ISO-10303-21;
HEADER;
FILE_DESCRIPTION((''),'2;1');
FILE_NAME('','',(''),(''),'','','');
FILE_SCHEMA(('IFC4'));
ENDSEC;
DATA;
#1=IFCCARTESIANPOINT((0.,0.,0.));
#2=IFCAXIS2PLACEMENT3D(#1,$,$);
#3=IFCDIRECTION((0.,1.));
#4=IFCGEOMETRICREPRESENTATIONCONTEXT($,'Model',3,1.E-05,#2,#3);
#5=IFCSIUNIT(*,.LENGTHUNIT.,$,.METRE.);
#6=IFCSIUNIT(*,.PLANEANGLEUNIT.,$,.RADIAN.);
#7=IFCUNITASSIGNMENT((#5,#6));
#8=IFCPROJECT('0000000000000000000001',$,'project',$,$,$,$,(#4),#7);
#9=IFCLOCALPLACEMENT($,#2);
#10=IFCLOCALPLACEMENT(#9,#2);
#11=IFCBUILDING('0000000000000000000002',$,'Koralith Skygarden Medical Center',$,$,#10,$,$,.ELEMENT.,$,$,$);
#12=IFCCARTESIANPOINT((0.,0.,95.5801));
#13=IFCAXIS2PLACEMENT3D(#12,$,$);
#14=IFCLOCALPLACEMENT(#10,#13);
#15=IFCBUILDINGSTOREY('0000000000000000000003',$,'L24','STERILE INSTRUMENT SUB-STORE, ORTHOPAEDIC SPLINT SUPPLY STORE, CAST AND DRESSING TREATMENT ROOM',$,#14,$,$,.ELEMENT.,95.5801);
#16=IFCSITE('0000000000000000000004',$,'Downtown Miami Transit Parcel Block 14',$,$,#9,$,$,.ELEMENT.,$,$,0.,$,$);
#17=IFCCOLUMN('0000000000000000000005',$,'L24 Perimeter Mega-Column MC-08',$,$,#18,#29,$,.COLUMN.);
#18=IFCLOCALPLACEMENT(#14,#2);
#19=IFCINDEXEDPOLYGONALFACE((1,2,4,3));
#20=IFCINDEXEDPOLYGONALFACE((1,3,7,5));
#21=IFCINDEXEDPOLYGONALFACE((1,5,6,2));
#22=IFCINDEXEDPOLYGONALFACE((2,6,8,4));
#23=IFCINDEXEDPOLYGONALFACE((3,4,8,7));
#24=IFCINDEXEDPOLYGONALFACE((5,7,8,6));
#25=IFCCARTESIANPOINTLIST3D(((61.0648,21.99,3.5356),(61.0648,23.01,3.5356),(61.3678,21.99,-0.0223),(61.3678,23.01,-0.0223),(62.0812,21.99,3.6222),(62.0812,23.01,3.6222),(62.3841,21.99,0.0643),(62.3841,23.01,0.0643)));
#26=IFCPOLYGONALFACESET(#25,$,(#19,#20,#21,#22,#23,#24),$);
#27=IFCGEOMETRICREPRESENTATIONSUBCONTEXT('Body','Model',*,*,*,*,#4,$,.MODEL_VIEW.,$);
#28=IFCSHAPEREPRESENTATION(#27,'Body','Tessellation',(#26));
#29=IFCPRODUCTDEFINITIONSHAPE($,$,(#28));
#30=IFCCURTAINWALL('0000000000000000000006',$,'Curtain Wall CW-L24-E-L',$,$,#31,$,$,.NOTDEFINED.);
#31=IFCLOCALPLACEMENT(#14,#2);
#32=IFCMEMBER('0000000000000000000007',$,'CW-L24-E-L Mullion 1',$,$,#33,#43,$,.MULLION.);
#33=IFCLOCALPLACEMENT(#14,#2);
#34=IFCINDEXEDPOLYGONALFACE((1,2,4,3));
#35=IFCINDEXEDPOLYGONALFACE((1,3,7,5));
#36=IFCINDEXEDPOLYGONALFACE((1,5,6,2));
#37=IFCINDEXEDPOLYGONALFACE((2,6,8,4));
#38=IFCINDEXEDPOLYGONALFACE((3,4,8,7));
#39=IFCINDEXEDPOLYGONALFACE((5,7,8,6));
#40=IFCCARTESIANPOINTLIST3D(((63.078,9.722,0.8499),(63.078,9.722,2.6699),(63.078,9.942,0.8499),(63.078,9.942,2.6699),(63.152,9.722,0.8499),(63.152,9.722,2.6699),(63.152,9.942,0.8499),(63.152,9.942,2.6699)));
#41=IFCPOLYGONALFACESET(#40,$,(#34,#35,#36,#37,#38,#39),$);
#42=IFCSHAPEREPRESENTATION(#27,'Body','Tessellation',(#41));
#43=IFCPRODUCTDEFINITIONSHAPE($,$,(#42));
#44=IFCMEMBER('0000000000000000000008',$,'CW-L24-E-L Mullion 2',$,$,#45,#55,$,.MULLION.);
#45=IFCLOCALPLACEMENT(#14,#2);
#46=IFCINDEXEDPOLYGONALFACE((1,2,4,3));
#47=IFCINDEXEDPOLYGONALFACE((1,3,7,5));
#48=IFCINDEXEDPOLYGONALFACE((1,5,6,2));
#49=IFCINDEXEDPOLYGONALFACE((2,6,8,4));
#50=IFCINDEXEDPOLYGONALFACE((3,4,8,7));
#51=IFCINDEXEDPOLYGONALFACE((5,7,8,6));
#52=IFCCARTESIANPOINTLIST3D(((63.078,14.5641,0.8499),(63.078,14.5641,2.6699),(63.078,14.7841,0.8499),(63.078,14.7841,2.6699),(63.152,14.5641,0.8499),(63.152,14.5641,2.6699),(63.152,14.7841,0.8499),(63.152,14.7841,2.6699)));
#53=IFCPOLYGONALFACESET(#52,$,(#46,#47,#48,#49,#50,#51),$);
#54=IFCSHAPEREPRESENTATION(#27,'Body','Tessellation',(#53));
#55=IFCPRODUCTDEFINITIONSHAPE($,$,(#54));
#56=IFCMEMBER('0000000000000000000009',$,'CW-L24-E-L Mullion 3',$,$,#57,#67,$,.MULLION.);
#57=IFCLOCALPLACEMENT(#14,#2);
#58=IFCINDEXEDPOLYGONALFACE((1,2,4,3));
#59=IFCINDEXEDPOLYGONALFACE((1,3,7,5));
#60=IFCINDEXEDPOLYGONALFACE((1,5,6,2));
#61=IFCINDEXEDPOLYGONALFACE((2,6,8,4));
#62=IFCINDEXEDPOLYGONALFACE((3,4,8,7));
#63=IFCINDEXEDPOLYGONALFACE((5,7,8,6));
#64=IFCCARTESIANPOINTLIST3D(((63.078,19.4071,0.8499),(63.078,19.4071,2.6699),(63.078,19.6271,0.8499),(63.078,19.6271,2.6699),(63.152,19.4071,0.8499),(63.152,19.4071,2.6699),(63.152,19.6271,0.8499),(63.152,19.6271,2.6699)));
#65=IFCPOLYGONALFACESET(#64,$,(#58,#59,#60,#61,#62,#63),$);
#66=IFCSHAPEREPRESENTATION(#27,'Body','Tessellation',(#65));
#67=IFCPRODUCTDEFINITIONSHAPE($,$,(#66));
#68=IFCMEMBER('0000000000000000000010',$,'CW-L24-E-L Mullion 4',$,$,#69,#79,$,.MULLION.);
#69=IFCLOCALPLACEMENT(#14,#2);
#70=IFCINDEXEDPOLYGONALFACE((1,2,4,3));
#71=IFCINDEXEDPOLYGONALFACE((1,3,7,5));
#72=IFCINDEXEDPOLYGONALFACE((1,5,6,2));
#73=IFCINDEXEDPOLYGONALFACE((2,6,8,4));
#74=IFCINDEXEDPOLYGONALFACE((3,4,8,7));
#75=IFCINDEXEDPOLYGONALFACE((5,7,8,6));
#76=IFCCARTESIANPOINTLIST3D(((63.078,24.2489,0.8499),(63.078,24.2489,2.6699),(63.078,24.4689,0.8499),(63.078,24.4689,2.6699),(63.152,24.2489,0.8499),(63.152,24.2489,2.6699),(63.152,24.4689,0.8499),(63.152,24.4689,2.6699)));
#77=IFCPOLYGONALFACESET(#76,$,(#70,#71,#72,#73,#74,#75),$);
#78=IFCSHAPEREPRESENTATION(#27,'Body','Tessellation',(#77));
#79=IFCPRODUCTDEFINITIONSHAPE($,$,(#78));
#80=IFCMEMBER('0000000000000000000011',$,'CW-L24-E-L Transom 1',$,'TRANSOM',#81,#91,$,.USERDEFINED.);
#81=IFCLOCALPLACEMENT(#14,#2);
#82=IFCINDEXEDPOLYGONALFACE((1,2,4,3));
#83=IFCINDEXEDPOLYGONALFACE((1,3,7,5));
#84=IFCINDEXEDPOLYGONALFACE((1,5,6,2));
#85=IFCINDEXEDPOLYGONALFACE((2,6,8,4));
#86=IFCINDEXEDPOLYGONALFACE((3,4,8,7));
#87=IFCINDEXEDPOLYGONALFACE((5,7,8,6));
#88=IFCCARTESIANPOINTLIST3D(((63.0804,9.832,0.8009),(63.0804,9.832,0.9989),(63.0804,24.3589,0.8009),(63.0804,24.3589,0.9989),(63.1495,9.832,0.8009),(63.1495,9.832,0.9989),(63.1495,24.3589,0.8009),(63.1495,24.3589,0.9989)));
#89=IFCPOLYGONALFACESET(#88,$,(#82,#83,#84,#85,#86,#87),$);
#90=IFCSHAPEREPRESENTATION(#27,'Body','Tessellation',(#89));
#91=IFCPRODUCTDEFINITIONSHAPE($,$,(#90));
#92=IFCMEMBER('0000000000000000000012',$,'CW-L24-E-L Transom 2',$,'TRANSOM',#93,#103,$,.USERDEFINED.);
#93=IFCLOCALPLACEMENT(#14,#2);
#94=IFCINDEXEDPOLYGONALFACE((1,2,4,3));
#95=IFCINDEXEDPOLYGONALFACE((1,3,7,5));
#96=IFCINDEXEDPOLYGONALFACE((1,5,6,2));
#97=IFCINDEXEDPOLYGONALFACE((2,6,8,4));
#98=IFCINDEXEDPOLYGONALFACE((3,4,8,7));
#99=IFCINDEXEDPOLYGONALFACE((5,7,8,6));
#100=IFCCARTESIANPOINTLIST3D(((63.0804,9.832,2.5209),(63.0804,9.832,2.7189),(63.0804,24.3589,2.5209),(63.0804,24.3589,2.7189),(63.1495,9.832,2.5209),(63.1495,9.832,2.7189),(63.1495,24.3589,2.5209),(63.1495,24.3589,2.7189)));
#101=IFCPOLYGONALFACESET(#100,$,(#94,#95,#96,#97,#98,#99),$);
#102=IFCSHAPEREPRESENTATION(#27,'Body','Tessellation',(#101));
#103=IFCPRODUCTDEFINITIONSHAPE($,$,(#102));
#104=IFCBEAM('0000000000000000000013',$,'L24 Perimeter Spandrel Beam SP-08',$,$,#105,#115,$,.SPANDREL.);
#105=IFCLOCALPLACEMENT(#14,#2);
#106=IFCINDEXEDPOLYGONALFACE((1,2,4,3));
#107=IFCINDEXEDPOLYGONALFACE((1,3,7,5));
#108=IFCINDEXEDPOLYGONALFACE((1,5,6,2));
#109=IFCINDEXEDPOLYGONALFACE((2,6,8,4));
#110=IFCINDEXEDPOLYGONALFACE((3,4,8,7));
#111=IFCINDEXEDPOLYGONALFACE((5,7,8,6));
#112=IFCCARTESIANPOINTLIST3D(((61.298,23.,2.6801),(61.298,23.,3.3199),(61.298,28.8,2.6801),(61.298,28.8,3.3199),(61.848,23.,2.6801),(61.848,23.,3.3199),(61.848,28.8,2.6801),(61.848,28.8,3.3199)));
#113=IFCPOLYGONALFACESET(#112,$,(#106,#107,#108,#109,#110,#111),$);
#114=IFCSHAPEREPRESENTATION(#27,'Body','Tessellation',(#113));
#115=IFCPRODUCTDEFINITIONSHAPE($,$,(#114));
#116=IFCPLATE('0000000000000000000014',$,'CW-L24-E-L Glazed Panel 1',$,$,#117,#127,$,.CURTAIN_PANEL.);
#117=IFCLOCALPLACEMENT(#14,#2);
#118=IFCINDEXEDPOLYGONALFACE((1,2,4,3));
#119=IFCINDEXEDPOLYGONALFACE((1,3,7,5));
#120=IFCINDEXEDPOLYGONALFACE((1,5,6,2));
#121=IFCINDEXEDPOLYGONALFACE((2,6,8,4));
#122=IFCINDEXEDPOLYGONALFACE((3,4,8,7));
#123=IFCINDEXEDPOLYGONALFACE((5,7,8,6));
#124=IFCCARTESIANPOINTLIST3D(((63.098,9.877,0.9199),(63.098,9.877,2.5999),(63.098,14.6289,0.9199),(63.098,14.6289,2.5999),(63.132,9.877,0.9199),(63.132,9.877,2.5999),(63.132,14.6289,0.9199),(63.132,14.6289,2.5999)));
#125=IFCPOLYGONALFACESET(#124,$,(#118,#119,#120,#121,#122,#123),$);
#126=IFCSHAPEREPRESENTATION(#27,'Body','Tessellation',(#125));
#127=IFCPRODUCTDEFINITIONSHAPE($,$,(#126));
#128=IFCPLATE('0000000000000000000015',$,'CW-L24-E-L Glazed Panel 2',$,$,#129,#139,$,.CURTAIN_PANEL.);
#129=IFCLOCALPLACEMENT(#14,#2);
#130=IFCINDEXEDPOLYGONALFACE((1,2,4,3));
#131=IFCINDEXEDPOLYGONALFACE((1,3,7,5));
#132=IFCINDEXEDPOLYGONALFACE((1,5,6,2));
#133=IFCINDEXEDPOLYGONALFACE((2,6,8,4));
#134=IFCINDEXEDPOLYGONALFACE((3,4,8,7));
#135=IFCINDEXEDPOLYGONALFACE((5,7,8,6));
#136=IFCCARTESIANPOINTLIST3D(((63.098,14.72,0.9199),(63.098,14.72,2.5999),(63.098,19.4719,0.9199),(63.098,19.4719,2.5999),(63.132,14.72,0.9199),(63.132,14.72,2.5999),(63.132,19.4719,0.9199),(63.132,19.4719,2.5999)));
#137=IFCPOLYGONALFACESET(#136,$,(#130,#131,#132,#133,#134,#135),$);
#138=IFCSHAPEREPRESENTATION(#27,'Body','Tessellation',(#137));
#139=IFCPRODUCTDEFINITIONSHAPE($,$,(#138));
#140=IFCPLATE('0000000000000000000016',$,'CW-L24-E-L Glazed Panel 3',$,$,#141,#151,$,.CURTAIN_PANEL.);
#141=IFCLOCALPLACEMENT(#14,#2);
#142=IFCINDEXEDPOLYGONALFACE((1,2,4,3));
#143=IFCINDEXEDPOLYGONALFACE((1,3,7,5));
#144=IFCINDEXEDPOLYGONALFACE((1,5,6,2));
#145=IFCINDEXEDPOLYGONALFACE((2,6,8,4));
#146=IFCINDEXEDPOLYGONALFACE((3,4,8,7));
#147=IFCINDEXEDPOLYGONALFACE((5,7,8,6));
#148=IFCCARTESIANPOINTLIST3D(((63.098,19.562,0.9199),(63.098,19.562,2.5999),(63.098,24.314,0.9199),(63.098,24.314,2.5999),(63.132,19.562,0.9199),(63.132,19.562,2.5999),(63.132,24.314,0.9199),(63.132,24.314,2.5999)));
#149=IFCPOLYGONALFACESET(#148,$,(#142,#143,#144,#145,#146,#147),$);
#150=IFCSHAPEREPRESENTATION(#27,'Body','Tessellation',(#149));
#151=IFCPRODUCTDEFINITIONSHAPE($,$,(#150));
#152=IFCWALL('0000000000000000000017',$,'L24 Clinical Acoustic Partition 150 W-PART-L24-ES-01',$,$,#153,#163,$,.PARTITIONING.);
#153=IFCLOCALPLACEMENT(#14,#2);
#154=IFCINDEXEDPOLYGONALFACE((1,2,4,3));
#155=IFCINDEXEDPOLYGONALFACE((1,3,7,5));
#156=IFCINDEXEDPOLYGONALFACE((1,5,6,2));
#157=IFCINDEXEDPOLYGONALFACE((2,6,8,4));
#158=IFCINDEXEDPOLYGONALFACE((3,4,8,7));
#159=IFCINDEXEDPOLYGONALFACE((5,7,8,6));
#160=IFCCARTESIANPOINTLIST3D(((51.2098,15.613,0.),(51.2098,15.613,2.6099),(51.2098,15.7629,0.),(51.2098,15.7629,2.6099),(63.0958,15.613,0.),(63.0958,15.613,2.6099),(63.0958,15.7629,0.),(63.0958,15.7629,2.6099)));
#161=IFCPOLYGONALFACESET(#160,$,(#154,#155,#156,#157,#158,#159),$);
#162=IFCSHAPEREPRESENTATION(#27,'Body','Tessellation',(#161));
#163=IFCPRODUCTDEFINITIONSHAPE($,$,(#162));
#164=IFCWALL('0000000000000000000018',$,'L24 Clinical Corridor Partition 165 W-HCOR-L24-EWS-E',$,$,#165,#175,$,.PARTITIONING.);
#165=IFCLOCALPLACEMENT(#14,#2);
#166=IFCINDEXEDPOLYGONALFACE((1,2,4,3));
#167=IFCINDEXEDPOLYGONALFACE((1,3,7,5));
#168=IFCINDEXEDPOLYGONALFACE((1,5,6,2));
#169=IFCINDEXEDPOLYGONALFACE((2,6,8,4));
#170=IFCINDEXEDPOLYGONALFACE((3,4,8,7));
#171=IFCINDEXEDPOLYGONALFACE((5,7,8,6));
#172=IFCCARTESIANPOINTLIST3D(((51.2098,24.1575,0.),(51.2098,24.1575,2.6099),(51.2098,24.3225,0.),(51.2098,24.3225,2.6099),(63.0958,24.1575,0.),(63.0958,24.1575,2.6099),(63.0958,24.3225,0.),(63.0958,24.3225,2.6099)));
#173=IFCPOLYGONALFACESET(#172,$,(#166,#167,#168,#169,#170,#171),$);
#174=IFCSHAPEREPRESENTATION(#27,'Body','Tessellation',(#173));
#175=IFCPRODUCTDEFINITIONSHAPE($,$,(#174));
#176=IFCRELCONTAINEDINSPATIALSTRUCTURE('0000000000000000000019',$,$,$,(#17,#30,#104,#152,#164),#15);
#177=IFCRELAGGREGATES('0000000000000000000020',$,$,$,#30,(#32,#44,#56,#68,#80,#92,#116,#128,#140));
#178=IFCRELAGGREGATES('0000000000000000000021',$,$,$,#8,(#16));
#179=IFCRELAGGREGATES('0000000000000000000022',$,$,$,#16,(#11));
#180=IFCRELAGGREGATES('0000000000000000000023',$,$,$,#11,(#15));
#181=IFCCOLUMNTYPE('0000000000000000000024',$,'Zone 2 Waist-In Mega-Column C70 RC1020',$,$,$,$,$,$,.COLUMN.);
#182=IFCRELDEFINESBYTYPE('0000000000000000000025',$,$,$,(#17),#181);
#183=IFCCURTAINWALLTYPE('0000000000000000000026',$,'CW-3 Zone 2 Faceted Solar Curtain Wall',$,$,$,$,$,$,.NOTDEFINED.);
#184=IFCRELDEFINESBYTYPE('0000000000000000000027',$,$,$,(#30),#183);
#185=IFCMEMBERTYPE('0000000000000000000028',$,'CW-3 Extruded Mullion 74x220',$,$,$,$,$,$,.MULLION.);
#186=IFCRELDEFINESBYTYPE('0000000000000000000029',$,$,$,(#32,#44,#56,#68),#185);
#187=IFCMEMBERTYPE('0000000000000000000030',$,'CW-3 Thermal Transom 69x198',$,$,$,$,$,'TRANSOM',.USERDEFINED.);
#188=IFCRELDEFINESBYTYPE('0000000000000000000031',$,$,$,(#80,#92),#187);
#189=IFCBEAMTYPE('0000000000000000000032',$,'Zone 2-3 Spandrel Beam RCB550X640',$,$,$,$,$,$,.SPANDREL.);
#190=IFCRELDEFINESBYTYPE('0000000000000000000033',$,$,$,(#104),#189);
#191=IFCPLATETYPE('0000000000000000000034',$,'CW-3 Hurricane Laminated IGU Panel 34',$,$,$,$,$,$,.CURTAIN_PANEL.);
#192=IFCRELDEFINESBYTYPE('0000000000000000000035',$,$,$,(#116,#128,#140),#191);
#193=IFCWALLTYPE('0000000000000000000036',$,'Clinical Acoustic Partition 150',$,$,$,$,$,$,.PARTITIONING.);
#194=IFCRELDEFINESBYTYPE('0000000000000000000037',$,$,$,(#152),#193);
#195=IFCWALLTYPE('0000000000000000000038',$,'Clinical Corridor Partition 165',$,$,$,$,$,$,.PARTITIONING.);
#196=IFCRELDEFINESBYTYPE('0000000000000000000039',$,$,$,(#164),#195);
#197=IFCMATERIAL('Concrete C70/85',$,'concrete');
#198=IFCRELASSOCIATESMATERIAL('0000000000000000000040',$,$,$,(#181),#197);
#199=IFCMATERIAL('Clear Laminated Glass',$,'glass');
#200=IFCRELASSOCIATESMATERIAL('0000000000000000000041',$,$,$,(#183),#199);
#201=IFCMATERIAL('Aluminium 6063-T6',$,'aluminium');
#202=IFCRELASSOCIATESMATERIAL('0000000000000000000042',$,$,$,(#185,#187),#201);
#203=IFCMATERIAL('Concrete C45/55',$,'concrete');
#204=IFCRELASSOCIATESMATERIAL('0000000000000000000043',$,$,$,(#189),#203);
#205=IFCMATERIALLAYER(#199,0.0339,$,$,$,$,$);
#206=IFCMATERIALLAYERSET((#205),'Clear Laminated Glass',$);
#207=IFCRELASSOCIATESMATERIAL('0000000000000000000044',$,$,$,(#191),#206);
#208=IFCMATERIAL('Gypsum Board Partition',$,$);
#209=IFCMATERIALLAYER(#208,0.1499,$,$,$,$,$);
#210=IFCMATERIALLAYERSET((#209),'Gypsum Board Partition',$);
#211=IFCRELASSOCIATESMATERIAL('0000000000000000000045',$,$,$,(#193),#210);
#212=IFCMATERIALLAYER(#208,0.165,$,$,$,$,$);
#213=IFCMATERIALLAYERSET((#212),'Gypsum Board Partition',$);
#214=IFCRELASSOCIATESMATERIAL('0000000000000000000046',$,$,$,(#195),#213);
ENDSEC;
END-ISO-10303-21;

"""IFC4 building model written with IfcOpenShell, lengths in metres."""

from ifc_helpers import new_model, si_unit, direction, frame, frame_2d, origin, origin_2d, place, context, subcontext, project, spatial, rectangle, extrude, material, layer, layer_set, material_profile, profile_set, type_object, element, aggregate, save


model = new_model("IFC4")

# Units and contexts
model_context = context("Model", 3, precision=1e-05, world=origin(), true_north=direction((0.0, 1.0)))
body_context = subcontext(model_context, "Body", "Model", "MODEL_VIEW")
ifc_project = project(units=[si_unit("LENGTHUNIT", "METRE"), si_unit("PLANEANGLEUNIT", "RADIAN")], contexts=[model_context])

# Site, building, storey
site_placement = place(None, origin())
site = spatial("IfcSite", under=ifc_project, at=site_placement, Name="Downtown Miami Transit Parcel Block 14", CompositionType="ELEMENT", RefElevation=0.0)
building_placement = place(site_placement, origin())
building = spatial("IfcBuilding", under=site, at=building_placement, Name="Koralith Skygarden Medical Center", CompositionType="ELEMENT")
storey_placement = place(building_placement, frame((0.0, 0.0, 95.5801)))
storey = spatial("IfcBuildingStorey", under=building, at=storey_placement, Name="L24", Description="STERILE INSTRUMENT SUB-STORE, ORTHOPAEDIC SPLINT SUPPLY STORE, CAST AND DRESSING TREATMENT ROOM", CompositionType="ELEMENT", Elevation=95.5801)

# Column
ifc_material_1 = material(Name="Concrete C70/85", Category="concrete")
ifc_material_profile_1 = material_profile(ifc_material_1, rectangle(XDim=1.02, YDim=1.02, at=origin_2d()), Name="RC1020X1020")
ifc_profile_set_1 = profile_set([ifc_material_profile_1], Name="Concrete C70/85")
column_type = type_object("IfcColumnType", Name="Zone 2 Waist-In Mega-Column C70 RC1020", PredefinedType="COLUMN", material=ifc_profile_set_1)
column_placement = place(storey_placement, frame((61.876, 22.5, 0.021), z_axis=(-0.08485, 0.0, 0.996394), x_axis=(0.0, -1.0, 0.0)))
element("IfcColumn", 1, at=column_placement, inside=storey, type_object=column_type, Name="L24 Perimeter Mega-Column MC-08", PredefinedType="COLUMN", context=body_context, shape_type="SweptSolid", body=[
    extrude(rectangle(XDim=1.02, YDim=1.02, at=origin_2d()), origin(), (0.0, 0.0, 1.0), 3.5708),
])

# Curtain wall, members
ifc_material_2 = material(Name="Clear Laminated Glass", Category="glass")
curtain_wall_type = type_object("IfcCurtainWallType", Name="CW-3 Zone 2 Faceted Solar Curtain Wall", PredefinedType="NOTDEFINED", material=ifc_material_2)
curtain_wall_placement = place(storey_placement, origin())
curtain_wall = element("IfcCurtainWall", 2, at=curtain_wall_placement, inside=storey, type_object=curtain_wall_type, Name="Curtain Wall CW-L24-E-L", PredefinedType="NOTDEFINED")
ifc_material_3 = material(Name="Aluminium 6063-T6", Category="aluminium")
ifc_material_profile_2 = material_profile(ifc_material_3, rectangle(XDim=0.074, YDim=0.22, at=origin_2d()), Name="MUL74X220")
ifc_profile_set_2 = profile_set([ifc_material_profile_2], Name="Aluminium 6063-T6")
member_type_1 = type_object("IfcMemberType", Name="CW-3 Extruded Mullion 74x220", PredefinedType="MULLION", material=ifc_profile_set_2)
member_1_placement = place(storey_placement, frame((63.115, 9.832, 0.8499), z_axis=(0.0, 0.0, 1.0), x_axis=(1.0, 0.0, 0.0)))
member_1 = element("IfcMember", 3, at=member_1_placement, type_object=member_type_1, Name="CW-L24-E-L Mullion 1", PredefinedType="MULLION", context=body_context, shape_type="SweptSolid", body=[
    extrude(rectangle(XDim=0.074, YDim=0.22, at=origin_2d()), origin(), (0.0, 0.0, 1.0), 1.8201),
])
member_2_placement = place(storey_placement, frame((63.115, 14.6741, 0.8499), z_axis=(0.0, 0.0, 1.0), x_axis=(1.0, 0.0, 0.0)))
member_2 = element("IfcMember", 4, at=member_2_placement, type_object=member_type_1, Name="CW-L24-E-L Mullion 2", PredefinedType="MULLION", context=body_context, shape_type="SweptSolid", body=[
    extrude(rectangle(XDim=0.074, YDim=0.22, at=origin_2d()), origin(), (0.0, 0.0, 1.0), 1.8201),
])
member_3_placement = place(storey_placement, frame((63.115, 19.5171, 0.8499), z_axis=(0.0, 0.0, 1.0), x_axis=(1.0, 0.0, 0.0)))
member_3 = element("IfcMember", 5, at=member_3_placement, type_object=member_type_1, Name="CW-L24-E-L Mullion 3", PredefinedType="MULLION", context=body_context, shape_type="SweptSolid", body=[
    extrude(rectangle(XDim=0.074, YDim=0.22, at=origin_2d()), origin(), (0.0, 0.0, 1.0), 1.8201),
])
member_4_placement = place(storey_placement, frame((63.115, 24.3589, 0.8499), z_axis=(0.0, 0.0, 1.0), x_axis=(1.0, 0.0, 0.0)))
member_4 = element("IfcMember", 6, at=member_4_placement, type_object=member_type_1, Name="CW-L24-E-L Mullion 4", PredefinedType="MULLION", context=body_context, shape_type="SweptSolid", body=[
    extrude(rectangle(XDim=0.074, YDim=0.22, at=origin_2d()), origin(), (0.0, 0.0, 1.0), 1.8201),
])
ifc_material_profile_3 = material_profile(ifc_material_3, rectangle(XDim=0.0691, YDim=0.198, at=origin_2d()), Name="TRN69X198")
ifc_profile_set_3 = profile_set([ifc_material_profile_3], Name="Aluminium 6063-T6")
member_type_2 = type_object("IfcMemberType", Name="CW-3 Thermal Transom 69x198", ElementType="TRANSOM", PredefinedType="USERDEFINED", material=ifc_profile_set_3)
member_5_placement = place(storey_placement, frame((63.115, 9.832, 0.8999), z_axis=(0.0, 1.0, 0.0), x_axis=(-1.0, 0.0, 0.0)))
member_5 = element("IfcMember", 7, at=member_5_placement, type_object=member_type_2, Name="CW-L24-E-L Transom 1", ObjectType="TRANSOM", PredefinedType="USERDEFINED", context=body_context, shape_type="SweptSolid", body=[
    extrude(rectangle(XDim=0.0691, YDim=0.198, at=origin_2d()), origin(), (0.0, 0.0, 1.0), 14.5269),
])
member_6_placement = place(storey_placement, frame((63.115, 9.832, 2.6199), z_axis=(0.0, 1.0, 0.0), x_axis=(-1.0, 0.0, 0.0)))
member_6 = element("IfcMember", 8, at=member_6_placement, type_object=member_type_2, Name="CW-L24-E-L Transom 2", ObjectType="TRANSOM", PredefinedType="USERDEFINED", context=body_context, shape_type="SweptSolid", body=[
    extrude(rectangle(XDim=0.0691, YDim=0.198, at=origin_2d()), origin(), (0.0, 0.0, 1.0), 14.5269),
])

# Beam
ifc_material_4 = material(Name="Concrete C45/55", Category="concrete")
ifc_material_profile_4 = material_profile(ifc_material_4, rectangle(XDim=0.55, YDim=0.6399, at=origin_2d()), Name="RCB550X640")
ifc_profile_set_4 = profile_set([ifc_material_profile_4], Name="Concrete C45/55")
beam_type = type_object("IfcBeamType", Name="Zone 2-3 Spandrel Beam RCB550X640", PredefinedType="SPANDREL", material=ifc_profile_set_4)
beam_placement = place(storey_placement, frame((61.573, 23.0, 3.0), z_axis=(0.0, 1.0, 0.0), x_axis=(-1.0, 0.0, 0.0)))
element("IfcBeam", 9, at=beam_placement, inside=storey, type_object=beam_type, Name="L24 Perimeter Spandrel Beam SP-08", PredefinedType="SPANDREL", context=body_context, shape_type="SweptSolid", body=[
    extrude(rectangle(XDim=0.55, YDim=0.6399, at=origin_2d()), origin(), (0.0, 0.0, 1.0), 5.8),
])

# Plates
ifc_layer_1 = layer(ifc_material_2, 0.0339)
ifc_layer_set_1 = layer_set([ifc_layer_1], Name="Clear Laminated Glass")
plate_type = type_object("IfcPlateType", Name="CW-3 Hurricane Laminated IGU Panel 34", PredefinedType="CURTAIN_PANEL", material=ifc_layer_set_1)
plate_1_placement = place(storey_placement, frame((63.115, 12.2529, 0.9199), z_axis=(0.0, 0.0, 1.0), x_axis=(0.0, 1.0, 0.0)))
plate_1 = element("IfcPlate", 10, at=plate_1_placement, type_object=plate_type, Name="CW-L24-E-L Glazed Panel 1", PredefinedType="CURTAIN_PANEL", context=body_context, shape_type="SweptSolid", body=[
    extrude(rectangle(XDim=4.752, YDim=0.0339, at=origin_2d()), origin(), (0.0, 0.0, 1.0), 1.6799),
])
plate_2_placement = place(storey_placement, frame((63.115, 17.0959, 0.9199), z_axis=(0.0, 0.0, 1.0), x_axis=(0.0, 1.0, 0.0)))
plate_2 = element("IfcPlate", 11, at=plate_2_placement, type_object=plate_type, Name="CW-L24-E-L Glazed Panel 2", PredefinedType="CURTAIN_PANEL", context=body_context, shape_type="SweptSolid", body=[
    extrude(rectangle(XDim=4.752, YDim=0.0339, at=origin_2d()), origin(), (0.0, 0.0, 1.0), 1.6799),
])
plate_3_placement = place(storey_placement, frame((63.115, 21.938, 0.9199), z_axis=(0.0, 0.0, 1.0), x_axis=(0.0, 1.0, 0.0)))
plate_3 = element("IfcPlate", 12, at=plate_3_placement, type_object=plate_type, Name="CW-L24-E-L Glazed Panel 3", PredefinedType="CURTAIN_PANEL", context=body_context, shape_type="SweptSolid", body=[
    extrude(rectangle(XDim=4.752, YDim=0.0339, at=origin_2d()), origin(), (0.0, 0.0, 1.0), 1.6799),
])
aggregate(curtain_wall, [member_1, member_2, member_3, member_4, member_5, member_6, plate_1, plate_2, plate_3])

# Walls
ifc_material_5 = material(Name="Gypsum Board Partition")
ifc_layer_2 = layer(ifc_material_5, 0.1499)
ifc_layer_set_2 = layer_set([ifc_layer_2], Name="Gypsum Board Partition")
wall_type_1 = type_object("IfcWallType", Name="Clinical Acoustic Partition 150", PredefinedType="PARTITIONING", material=ifc_layer_set_2)
wall_1_placement = place(storey_placement, frame((51.21, 15.688, 0.0), z_axis=(0.0, 0.0, 1.0), x_axis=(1.0, 0.0, 0.0)))
element("IfcWall", 13, at=wall_1_placement, inside=storey, type_object=wall_type_1, Name="L24 Clinical Acoustic Partition 150 W-PART-L24-ES-01", PredefinedType="PARTITIONING", context=body_context, shape_type="SweptSolid", body=[
    extrude(rectangle(XDim=11.886, YDim=0.1499, at=frame_2d((5.9429, 0.0))), origin(), (0.0, 0.0, 1.0), 2.6099),
])
ifc_layer_3 = layer(ifc_material_5, 0.165)
ifc_layer_set_3 = layer_set([ifc_layer_3], Name="Gypsum Board Partition")
wall_type_2 = type_object("IfcWallType", Name="Clinical Corridor Partition 165", PredefinedType="PARTITIONING", material=ifc_layer_set_3)
wall_2_placement = place(storey_placement, frame((51.21, 24.24, 0.0), z_axis=(0.0, 0.0, 1.0), x_axis=(1.0, 0.0, 0.0)))
element("IfcWall", 14, at=wall_2_placement, inside=storey, type_object=wall_type_2, Name="L24 Clinical Corridor Partition 165 W-HCOR-L24-EWS-E", PredefinedType="PARTITIONING", context=body_context, shape_type="SweptSolid", body=[
    extrude(rectangle(XDim=11.886, YDim=0.165, at=frame_2d((5.9429, 0.0))), origin(), (0.0, 0.0, 1.0), 2.6099),
])

save(model, "model.ifc")
